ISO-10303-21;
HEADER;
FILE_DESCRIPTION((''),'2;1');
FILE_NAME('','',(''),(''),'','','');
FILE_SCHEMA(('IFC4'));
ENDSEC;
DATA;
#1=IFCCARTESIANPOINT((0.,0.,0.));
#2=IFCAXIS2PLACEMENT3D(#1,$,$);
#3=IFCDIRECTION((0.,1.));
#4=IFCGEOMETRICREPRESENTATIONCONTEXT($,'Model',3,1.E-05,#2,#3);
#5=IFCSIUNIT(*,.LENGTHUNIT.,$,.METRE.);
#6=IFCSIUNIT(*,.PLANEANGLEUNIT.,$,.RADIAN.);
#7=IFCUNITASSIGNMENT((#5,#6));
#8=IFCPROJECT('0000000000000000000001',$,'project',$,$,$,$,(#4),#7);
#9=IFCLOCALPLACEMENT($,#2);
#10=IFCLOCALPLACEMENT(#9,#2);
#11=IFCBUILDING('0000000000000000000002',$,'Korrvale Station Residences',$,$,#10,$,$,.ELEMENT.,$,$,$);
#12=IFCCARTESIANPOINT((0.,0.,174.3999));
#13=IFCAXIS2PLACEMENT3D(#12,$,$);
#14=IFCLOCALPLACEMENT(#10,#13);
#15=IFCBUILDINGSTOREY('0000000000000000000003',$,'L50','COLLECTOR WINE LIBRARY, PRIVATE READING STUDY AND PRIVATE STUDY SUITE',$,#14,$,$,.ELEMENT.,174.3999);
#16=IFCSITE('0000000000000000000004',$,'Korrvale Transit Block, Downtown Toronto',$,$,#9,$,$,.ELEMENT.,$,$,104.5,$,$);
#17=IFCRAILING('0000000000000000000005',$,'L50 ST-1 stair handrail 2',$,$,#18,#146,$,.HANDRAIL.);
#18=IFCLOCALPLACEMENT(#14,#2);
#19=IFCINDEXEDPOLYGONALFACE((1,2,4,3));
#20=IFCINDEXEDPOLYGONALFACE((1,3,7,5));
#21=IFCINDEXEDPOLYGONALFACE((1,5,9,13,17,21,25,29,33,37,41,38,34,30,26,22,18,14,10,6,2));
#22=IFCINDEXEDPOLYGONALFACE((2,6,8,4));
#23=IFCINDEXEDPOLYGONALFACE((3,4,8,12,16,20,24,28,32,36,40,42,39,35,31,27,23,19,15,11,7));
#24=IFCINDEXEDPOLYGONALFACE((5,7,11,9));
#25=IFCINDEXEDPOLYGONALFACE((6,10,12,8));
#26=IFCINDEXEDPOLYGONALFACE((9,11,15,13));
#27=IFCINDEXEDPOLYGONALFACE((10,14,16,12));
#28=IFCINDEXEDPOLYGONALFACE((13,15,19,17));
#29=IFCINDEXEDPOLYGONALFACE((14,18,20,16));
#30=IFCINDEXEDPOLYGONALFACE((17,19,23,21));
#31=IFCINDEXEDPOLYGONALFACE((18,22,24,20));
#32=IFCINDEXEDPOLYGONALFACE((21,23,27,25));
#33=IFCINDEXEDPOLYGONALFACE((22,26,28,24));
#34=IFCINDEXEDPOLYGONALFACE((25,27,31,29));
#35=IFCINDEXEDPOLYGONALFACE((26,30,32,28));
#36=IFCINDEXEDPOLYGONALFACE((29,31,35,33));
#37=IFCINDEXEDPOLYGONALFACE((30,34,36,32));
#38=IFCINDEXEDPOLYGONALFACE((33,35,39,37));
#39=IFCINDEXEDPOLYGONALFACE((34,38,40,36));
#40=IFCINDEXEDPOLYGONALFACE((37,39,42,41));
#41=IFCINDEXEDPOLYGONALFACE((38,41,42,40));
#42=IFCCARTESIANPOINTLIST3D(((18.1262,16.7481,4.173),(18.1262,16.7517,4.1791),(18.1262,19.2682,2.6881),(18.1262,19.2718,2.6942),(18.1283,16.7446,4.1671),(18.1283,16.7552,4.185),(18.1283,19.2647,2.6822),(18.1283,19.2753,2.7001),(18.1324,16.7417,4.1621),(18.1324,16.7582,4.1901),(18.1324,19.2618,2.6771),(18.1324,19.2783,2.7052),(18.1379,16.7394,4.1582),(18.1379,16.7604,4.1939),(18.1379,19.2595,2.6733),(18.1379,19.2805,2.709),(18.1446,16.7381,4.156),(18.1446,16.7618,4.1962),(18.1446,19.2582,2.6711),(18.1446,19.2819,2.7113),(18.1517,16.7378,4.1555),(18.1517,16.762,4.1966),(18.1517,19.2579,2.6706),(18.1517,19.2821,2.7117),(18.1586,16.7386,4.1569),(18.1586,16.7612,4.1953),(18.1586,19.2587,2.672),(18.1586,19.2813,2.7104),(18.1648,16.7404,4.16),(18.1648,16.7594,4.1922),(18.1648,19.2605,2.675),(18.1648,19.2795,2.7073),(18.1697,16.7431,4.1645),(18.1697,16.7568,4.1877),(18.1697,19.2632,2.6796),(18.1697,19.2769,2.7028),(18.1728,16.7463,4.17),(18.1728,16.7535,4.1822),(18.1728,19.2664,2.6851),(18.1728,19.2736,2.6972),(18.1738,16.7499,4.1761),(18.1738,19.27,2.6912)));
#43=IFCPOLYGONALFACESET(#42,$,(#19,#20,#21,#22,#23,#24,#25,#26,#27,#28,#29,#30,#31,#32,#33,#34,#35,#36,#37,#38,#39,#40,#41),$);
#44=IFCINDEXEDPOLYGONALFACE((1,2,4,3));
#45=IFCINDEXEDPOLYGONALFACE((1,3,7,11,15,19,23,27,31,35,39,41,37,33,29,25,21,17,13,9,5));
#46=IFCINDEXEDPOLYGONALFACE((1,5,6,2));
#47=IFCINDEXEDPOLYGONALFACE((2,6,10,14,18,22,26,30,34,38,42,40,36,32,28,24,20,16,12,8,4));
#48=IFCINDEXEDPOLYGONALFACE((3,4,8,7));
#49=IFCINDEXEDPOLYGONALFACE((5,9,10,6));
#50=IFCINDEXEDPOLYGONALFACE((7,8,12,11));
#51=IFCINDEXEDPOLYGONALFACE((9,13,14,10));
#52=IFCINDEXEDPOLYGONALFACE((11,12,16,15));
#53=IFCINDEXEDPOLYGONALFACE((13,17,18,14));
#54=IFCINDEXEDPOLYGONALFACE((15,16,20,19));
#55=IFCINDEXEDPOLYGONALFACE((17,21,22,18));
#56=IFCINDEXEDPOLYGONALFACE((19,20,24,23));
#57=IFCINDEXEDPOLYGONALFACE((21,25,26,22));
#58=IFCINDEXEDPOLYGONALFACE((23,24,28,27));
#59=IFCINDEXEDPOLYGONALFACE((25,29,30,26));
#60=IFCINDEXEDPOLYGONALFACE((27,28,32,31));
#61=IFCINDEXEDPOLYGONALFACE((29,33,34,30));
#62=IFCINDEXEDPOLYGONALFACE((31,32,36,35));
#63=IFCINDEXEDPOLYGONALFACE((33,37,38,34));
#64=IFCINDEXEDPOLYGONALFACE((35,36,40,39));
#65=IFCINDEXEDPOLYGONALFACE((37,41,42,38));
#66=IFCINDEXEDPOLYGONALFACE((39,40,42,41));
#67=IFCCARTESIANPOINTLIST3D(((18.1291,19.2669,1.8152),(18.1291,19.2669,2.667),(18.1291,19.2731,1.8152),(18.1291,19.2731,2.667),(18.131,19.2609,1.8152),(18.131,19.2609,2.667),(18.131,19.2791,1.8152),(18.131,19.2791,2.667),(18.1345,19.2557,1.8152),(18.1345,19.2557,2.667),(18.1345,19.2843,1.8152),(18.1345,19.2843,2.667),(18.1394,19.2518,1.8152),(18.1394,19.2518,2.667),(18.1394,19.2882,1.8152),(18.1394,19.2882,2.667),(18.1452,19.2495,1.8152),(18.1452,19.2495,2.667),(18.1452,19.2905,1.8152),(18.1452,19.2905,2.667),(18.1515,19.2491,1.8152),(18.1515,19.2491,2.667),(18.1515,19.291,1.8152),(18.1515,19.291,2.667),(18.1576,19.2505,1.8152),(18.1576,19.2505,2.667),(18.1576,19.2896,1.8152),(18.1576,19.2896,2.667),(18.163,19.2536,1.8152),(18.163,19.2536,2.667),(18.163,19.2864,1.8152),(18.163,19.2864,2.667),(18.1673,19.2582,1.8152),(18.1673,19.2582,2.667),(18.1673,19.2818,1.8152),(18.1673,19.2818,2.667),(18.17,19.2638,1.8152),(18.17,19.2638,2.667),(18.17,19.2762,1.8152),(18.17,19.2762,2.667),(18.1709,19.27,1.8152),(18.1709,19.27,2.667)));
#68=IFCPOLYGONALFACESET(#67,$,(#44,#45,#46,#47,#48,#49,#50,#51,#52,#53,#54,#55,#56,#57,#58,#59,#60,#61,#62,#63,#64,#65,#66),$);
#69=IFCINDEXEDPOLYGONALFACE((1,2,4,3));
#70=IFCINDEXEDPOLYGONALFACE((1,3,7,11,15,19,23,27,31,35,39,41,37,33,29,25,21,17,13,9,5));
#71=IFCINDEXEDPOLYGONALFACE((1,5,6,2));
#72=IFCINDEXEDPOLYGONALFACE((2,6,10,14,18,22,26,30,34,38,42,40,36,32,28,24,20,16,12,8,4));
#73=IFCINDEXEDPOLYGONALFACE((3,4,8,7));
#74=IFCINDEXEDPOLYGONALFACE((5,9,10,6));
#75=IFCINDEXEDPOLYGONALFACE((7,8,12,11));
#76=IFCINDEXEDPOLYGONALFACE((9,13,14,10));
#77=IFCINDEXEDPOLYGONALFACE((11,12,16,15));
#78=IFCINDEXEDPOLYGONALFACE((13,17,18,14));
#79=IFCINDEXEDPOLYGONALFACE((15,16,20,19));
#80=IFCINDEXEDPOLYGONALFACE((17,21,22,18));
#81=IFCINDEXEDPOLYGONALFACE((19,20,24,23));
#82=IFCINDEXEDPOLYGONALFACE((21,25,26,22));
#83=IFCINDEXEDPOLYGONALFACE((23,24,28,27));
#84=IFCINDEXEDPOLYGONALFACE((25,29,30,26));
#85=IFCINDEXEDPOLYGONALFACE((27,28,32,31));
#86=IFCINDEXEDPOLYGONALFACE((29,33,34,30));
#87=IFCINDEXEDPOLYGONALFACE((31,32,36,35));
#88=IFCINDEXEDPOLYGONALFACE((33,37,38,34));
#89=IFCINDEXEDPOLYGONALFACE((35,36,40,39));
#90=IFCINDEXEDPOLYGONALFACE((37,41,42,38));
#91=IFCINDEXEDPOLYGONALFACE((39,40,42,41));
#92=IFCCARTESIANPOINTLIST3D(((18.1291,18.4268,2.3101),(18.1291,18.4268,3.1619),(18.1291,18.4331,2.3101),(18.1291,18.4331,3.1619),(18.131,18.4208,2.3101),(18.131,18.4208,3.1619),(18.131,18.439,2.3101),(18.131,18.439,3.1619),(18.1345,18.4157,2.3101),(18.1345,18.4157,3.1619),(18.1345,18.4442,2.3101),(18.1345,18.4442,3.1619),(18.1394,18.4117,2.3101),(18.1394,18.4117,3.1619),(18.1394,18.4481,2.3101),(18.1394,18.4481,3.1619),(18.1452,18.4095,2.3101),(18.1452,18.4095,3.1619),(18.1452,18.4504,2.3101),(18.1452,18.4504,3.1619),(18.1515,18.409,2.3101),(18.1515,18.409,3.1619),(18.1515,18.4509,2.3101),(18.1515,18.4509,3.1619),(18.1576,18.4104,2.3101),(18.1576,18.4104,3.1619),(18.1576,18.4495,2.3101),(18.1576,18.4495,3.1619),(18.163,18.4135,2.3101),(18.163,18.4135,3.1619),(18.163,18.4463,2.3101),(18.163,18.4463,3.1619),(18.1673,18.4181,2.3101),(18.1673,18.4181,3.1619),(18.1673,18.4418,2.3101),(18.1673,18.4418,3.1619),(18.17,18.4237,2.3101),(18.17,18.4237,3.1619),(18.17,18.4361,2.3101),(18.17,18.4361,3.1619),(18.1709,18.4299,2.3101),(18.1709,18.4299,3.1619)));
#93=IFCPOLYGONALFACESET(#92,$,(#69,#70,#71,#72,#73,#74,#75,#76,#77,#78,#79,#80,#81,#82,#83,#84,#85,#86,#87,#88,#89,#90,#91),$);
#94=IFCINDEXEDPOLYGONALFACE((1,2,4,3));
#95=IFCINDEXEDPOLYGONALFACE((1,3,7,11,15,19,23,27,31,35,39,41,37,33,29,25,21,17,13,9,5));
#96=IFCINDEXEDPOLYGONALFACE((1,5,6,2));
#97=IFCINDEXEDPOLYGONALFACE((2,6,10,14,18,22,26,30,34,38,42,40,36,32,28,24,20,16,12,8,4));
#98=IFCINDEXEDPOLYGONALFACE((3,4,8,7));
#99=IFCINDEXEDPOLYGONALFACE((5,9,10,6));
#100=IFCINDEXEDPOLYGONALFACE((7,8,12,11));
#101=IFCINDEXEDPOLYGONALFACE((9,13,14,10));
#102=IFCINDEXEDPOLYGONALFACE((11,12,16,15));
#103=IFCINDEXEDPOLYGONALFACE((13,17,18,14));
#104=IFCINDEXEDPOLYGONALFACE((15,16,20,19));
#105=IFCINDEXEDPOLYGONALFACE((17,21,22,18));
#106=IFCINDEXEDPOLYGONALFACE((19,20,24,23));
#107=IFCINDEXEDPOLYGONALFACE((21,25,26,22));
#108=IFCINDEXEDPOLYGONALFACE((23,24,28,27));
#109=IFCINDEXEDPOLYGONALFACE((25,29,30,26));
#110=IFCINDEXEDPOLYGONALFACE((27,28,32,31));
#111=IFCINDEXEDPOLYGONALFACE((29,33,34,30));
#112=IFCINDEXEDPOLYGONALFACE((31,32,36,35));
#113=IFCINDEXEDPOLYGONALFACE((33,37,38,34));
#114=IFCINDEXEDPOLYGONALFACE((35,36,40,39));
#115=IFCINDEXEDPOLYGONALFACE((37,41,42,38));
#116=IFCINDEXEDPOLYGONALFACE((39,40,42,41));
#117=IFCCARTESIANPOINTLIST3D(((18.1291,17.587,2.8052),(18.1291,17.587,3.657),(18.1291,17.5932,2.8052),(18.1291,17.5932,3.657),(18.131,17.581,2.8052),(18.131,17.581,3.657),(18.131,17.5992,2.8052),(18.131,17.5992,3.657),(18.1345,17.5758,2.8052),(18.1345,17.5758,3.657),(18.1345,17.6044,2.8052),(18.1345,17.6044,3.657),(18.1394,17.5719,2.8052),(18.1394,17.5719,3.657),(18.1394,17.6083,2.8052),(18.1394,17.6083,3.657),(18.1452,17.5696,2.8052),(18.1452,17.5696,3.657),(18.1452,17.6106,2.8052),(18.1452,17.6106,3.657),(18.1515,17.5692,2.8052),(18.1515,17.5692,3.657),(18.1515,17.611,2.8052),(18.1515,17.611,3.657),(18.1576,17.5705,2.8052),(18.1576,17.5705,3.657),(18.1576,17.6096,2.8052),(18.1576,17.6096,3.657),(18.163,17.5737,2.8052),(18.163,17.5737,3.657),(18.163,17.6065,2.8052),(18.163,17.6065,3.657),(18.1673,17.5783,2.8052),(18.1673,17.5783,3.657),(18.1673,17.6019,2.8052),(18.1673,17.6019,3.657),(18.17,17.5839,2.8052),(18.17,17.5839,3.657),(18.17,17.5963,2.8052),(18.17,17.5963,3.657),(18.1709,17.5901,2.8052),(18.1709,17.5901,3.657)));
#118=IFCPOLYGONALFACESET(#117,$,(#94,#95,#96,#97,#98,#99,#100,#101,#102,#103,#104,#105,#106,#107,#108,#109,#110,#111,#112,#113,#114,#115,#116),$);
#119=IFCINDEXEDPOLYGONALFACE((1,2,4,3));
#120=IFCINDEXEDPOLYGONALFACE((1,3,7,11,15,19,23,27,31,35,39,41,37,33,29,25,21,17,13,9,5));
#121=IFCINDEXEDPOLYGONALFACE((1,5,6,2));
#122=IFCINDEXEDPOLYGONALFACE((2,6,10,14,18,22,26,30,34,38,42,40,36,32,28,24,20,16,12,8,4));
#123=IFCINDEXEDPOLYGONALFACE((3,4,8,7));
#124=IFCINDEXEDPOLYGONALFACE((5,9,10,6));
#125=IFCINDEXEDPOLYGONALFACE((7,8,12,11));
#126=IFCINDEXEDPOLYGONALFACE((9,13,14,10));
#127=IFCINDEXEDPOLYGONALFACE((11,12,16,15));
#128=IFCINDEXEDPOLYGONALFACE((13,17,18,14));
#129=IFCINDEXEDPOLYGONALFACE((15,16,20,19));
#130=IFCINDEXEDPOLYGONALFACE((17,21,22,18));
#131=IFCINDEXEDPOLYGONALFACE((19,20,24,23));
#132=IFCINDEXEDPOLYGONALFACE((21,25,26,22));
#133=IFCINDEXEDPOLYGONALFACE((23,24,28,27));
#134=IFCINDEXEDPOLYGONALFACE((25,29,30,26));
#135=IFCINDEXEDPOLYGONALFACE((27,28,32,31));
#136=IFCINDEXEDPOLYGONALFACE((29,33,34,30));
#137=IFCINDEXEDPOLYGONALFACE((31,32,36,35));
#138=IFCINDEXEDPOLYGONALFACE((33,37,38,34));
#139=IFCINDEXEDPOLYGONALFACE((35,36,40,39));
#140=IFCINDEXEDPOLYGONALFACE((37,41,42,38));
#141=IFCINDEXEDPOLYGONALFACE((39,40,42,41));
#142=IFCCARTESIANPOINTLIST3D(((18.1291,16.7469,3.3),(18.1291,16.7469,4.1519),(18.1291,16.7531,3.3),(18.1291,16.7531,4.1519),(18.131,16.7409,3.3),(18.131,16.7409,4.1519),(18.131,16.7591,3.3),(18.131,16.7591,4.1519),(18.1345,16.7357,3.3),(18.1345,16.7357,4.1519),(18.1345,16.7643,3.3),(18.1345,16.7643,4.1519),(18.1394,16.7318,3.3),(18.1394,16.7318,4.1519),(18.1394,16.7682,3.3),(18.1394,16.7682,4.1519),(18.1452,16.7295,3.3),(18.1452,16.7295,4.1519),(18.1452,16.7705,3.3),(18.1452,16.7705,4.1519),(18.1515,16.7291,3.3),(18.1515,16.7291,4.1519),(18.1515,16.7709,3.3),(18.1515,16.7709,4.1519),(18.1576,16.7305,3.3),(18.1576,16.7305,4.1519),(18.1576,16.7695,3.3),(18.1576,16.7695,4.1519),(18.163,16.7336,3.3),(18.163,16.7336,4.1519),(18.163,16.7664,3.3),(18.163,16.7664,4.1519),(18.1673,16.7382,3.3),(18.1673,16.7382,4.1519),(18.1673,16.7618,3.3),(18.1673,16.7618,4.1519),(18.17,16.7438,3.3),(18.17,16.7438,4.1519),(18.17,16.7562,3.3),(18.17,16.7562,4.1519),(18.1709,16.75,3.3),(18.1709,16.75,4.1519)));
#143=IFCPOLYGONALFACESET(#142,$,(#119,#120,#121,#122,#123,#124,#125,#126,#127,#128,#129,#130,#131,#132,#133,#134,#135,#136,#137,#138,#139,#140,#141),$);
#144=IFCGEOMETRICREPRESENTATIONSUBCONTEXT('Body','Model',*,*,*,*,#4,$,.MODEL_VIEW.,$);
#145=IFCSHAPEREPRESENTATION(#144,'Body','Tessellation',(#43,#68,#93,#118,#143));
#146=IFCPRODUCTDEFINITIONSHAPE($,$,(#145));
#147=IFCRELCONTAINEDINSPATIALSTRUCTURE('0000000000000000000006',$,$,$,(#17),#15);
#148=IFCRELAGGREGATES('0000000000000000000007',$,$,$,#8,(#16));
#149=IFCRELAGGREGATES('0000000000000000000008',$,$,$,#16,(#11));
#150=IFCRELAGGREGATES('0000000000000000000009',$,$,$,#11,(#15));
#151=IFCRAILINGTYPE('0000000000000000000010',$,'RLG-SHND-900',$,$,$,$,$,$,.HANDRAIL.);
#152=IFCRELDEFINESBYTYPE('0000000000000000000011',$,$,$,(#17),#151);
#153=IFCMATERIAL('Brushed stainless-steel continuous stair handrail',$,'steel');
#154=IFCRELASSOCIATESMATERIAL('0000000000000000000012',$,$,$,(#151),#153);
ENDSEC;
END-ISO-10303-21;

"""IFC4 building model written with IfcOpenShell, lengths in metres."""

from ifc_helpers import new_model, si_unit, direction, frame, origin, origin_2d, place, context, subcontext, project, spatial, circle, extrude, material, type_object, element, save


model = new_model("IFC4")

# Units and contexts
model_context = context("Model", 3, precision=1e-05, world=origin(), true_north=direction((0.0, 1.0)))
body_context = subcontext(model_context, "Body", "Model", "MODEL_VIEW")
ifc_project = project(units=[si_unit("LENGTHUNIT", "METRE"), si_unit("PLANEANGLEUNIT", "RADIAN")], contexts=[model_context])

# Site, building, storey
site_placement = place(None, origin())
site = spatial("IfcSite", under=ifc_project, at=site_placement, Name="Korrvale Transit Block, Downtown Toronto", CompositionType="ELEMENT", RefElevation=104.5)
building_placement = place(site_placement, origin())
building = spatial("IfcBuilding", under=site, at=building_placement, Name="Korrvale Station Residences", CompositionType="ELEMENT")
storey_placement = place(building_placement, frame((0.0, 0.0, 174.3999)))
storey = spatial("IfcBuildingStorey", under=building, at=storey_placement, Name="L50", Description="COLLECTOR WINE LIBRARY, PRIVATE READING STUDY AND PRIVATE STUDY SUITE", CompositionType="ELEMENT", Elevation=174.3999)

# Railing
ifc_material_1 = material(Name="Brushed stainless-steel continuous stair handrail", Category="steel")
railing_type_1 = type_object("IfcRailingType", Name="RLG-SHND-900", PredefinedType="HANDRAIL", material=ifc_material_1)
railing_1_placement = place(storey_placement, frame((18.1499, 19.27, 1.8152)))
element("IfcRailing", 1, at=railing_1_placement, inside=storey, type_object=railing_type_1, Name="L50 ST-1 stair handrail 2", PredefinedType="HANDRAIL", context=body_context, shape_type="SweptSolid", body=[
    extrude(circle(Radius=0.0239, at=origin_2d()), frame((0.0, 0.0, 0.876), z_axis=(0.0, -0.861561, 0.507655), x_axis=(1.0, 0.0, 0.0)), (0.0, 0.0, 1.0), 2.925),
    extrude(circle(Radius=0.021, at=origin_2d()), origin(), (0.0, 0.0, 1.0), 0.8518),
    extrude(circle(Radius=0.021, at=origin_2d()), frame((0.0, -0.8401, 0.4949)), (0.0, 0.0, 1.0), 0.8518),
    extrude(circle(Radius=0.021, at=origin_2d()), frame((0.0, -1.6799, 0.99)), (0.0, 0.0, 1.0), 0.8518),
    extrude(circle(Radius=0.021, at=origin_2d()), frame((0.0, -2.52, 1.4849)), (0.0, 0.0, 1.0), 0.8518),
])

save(model, "model.ifc")
